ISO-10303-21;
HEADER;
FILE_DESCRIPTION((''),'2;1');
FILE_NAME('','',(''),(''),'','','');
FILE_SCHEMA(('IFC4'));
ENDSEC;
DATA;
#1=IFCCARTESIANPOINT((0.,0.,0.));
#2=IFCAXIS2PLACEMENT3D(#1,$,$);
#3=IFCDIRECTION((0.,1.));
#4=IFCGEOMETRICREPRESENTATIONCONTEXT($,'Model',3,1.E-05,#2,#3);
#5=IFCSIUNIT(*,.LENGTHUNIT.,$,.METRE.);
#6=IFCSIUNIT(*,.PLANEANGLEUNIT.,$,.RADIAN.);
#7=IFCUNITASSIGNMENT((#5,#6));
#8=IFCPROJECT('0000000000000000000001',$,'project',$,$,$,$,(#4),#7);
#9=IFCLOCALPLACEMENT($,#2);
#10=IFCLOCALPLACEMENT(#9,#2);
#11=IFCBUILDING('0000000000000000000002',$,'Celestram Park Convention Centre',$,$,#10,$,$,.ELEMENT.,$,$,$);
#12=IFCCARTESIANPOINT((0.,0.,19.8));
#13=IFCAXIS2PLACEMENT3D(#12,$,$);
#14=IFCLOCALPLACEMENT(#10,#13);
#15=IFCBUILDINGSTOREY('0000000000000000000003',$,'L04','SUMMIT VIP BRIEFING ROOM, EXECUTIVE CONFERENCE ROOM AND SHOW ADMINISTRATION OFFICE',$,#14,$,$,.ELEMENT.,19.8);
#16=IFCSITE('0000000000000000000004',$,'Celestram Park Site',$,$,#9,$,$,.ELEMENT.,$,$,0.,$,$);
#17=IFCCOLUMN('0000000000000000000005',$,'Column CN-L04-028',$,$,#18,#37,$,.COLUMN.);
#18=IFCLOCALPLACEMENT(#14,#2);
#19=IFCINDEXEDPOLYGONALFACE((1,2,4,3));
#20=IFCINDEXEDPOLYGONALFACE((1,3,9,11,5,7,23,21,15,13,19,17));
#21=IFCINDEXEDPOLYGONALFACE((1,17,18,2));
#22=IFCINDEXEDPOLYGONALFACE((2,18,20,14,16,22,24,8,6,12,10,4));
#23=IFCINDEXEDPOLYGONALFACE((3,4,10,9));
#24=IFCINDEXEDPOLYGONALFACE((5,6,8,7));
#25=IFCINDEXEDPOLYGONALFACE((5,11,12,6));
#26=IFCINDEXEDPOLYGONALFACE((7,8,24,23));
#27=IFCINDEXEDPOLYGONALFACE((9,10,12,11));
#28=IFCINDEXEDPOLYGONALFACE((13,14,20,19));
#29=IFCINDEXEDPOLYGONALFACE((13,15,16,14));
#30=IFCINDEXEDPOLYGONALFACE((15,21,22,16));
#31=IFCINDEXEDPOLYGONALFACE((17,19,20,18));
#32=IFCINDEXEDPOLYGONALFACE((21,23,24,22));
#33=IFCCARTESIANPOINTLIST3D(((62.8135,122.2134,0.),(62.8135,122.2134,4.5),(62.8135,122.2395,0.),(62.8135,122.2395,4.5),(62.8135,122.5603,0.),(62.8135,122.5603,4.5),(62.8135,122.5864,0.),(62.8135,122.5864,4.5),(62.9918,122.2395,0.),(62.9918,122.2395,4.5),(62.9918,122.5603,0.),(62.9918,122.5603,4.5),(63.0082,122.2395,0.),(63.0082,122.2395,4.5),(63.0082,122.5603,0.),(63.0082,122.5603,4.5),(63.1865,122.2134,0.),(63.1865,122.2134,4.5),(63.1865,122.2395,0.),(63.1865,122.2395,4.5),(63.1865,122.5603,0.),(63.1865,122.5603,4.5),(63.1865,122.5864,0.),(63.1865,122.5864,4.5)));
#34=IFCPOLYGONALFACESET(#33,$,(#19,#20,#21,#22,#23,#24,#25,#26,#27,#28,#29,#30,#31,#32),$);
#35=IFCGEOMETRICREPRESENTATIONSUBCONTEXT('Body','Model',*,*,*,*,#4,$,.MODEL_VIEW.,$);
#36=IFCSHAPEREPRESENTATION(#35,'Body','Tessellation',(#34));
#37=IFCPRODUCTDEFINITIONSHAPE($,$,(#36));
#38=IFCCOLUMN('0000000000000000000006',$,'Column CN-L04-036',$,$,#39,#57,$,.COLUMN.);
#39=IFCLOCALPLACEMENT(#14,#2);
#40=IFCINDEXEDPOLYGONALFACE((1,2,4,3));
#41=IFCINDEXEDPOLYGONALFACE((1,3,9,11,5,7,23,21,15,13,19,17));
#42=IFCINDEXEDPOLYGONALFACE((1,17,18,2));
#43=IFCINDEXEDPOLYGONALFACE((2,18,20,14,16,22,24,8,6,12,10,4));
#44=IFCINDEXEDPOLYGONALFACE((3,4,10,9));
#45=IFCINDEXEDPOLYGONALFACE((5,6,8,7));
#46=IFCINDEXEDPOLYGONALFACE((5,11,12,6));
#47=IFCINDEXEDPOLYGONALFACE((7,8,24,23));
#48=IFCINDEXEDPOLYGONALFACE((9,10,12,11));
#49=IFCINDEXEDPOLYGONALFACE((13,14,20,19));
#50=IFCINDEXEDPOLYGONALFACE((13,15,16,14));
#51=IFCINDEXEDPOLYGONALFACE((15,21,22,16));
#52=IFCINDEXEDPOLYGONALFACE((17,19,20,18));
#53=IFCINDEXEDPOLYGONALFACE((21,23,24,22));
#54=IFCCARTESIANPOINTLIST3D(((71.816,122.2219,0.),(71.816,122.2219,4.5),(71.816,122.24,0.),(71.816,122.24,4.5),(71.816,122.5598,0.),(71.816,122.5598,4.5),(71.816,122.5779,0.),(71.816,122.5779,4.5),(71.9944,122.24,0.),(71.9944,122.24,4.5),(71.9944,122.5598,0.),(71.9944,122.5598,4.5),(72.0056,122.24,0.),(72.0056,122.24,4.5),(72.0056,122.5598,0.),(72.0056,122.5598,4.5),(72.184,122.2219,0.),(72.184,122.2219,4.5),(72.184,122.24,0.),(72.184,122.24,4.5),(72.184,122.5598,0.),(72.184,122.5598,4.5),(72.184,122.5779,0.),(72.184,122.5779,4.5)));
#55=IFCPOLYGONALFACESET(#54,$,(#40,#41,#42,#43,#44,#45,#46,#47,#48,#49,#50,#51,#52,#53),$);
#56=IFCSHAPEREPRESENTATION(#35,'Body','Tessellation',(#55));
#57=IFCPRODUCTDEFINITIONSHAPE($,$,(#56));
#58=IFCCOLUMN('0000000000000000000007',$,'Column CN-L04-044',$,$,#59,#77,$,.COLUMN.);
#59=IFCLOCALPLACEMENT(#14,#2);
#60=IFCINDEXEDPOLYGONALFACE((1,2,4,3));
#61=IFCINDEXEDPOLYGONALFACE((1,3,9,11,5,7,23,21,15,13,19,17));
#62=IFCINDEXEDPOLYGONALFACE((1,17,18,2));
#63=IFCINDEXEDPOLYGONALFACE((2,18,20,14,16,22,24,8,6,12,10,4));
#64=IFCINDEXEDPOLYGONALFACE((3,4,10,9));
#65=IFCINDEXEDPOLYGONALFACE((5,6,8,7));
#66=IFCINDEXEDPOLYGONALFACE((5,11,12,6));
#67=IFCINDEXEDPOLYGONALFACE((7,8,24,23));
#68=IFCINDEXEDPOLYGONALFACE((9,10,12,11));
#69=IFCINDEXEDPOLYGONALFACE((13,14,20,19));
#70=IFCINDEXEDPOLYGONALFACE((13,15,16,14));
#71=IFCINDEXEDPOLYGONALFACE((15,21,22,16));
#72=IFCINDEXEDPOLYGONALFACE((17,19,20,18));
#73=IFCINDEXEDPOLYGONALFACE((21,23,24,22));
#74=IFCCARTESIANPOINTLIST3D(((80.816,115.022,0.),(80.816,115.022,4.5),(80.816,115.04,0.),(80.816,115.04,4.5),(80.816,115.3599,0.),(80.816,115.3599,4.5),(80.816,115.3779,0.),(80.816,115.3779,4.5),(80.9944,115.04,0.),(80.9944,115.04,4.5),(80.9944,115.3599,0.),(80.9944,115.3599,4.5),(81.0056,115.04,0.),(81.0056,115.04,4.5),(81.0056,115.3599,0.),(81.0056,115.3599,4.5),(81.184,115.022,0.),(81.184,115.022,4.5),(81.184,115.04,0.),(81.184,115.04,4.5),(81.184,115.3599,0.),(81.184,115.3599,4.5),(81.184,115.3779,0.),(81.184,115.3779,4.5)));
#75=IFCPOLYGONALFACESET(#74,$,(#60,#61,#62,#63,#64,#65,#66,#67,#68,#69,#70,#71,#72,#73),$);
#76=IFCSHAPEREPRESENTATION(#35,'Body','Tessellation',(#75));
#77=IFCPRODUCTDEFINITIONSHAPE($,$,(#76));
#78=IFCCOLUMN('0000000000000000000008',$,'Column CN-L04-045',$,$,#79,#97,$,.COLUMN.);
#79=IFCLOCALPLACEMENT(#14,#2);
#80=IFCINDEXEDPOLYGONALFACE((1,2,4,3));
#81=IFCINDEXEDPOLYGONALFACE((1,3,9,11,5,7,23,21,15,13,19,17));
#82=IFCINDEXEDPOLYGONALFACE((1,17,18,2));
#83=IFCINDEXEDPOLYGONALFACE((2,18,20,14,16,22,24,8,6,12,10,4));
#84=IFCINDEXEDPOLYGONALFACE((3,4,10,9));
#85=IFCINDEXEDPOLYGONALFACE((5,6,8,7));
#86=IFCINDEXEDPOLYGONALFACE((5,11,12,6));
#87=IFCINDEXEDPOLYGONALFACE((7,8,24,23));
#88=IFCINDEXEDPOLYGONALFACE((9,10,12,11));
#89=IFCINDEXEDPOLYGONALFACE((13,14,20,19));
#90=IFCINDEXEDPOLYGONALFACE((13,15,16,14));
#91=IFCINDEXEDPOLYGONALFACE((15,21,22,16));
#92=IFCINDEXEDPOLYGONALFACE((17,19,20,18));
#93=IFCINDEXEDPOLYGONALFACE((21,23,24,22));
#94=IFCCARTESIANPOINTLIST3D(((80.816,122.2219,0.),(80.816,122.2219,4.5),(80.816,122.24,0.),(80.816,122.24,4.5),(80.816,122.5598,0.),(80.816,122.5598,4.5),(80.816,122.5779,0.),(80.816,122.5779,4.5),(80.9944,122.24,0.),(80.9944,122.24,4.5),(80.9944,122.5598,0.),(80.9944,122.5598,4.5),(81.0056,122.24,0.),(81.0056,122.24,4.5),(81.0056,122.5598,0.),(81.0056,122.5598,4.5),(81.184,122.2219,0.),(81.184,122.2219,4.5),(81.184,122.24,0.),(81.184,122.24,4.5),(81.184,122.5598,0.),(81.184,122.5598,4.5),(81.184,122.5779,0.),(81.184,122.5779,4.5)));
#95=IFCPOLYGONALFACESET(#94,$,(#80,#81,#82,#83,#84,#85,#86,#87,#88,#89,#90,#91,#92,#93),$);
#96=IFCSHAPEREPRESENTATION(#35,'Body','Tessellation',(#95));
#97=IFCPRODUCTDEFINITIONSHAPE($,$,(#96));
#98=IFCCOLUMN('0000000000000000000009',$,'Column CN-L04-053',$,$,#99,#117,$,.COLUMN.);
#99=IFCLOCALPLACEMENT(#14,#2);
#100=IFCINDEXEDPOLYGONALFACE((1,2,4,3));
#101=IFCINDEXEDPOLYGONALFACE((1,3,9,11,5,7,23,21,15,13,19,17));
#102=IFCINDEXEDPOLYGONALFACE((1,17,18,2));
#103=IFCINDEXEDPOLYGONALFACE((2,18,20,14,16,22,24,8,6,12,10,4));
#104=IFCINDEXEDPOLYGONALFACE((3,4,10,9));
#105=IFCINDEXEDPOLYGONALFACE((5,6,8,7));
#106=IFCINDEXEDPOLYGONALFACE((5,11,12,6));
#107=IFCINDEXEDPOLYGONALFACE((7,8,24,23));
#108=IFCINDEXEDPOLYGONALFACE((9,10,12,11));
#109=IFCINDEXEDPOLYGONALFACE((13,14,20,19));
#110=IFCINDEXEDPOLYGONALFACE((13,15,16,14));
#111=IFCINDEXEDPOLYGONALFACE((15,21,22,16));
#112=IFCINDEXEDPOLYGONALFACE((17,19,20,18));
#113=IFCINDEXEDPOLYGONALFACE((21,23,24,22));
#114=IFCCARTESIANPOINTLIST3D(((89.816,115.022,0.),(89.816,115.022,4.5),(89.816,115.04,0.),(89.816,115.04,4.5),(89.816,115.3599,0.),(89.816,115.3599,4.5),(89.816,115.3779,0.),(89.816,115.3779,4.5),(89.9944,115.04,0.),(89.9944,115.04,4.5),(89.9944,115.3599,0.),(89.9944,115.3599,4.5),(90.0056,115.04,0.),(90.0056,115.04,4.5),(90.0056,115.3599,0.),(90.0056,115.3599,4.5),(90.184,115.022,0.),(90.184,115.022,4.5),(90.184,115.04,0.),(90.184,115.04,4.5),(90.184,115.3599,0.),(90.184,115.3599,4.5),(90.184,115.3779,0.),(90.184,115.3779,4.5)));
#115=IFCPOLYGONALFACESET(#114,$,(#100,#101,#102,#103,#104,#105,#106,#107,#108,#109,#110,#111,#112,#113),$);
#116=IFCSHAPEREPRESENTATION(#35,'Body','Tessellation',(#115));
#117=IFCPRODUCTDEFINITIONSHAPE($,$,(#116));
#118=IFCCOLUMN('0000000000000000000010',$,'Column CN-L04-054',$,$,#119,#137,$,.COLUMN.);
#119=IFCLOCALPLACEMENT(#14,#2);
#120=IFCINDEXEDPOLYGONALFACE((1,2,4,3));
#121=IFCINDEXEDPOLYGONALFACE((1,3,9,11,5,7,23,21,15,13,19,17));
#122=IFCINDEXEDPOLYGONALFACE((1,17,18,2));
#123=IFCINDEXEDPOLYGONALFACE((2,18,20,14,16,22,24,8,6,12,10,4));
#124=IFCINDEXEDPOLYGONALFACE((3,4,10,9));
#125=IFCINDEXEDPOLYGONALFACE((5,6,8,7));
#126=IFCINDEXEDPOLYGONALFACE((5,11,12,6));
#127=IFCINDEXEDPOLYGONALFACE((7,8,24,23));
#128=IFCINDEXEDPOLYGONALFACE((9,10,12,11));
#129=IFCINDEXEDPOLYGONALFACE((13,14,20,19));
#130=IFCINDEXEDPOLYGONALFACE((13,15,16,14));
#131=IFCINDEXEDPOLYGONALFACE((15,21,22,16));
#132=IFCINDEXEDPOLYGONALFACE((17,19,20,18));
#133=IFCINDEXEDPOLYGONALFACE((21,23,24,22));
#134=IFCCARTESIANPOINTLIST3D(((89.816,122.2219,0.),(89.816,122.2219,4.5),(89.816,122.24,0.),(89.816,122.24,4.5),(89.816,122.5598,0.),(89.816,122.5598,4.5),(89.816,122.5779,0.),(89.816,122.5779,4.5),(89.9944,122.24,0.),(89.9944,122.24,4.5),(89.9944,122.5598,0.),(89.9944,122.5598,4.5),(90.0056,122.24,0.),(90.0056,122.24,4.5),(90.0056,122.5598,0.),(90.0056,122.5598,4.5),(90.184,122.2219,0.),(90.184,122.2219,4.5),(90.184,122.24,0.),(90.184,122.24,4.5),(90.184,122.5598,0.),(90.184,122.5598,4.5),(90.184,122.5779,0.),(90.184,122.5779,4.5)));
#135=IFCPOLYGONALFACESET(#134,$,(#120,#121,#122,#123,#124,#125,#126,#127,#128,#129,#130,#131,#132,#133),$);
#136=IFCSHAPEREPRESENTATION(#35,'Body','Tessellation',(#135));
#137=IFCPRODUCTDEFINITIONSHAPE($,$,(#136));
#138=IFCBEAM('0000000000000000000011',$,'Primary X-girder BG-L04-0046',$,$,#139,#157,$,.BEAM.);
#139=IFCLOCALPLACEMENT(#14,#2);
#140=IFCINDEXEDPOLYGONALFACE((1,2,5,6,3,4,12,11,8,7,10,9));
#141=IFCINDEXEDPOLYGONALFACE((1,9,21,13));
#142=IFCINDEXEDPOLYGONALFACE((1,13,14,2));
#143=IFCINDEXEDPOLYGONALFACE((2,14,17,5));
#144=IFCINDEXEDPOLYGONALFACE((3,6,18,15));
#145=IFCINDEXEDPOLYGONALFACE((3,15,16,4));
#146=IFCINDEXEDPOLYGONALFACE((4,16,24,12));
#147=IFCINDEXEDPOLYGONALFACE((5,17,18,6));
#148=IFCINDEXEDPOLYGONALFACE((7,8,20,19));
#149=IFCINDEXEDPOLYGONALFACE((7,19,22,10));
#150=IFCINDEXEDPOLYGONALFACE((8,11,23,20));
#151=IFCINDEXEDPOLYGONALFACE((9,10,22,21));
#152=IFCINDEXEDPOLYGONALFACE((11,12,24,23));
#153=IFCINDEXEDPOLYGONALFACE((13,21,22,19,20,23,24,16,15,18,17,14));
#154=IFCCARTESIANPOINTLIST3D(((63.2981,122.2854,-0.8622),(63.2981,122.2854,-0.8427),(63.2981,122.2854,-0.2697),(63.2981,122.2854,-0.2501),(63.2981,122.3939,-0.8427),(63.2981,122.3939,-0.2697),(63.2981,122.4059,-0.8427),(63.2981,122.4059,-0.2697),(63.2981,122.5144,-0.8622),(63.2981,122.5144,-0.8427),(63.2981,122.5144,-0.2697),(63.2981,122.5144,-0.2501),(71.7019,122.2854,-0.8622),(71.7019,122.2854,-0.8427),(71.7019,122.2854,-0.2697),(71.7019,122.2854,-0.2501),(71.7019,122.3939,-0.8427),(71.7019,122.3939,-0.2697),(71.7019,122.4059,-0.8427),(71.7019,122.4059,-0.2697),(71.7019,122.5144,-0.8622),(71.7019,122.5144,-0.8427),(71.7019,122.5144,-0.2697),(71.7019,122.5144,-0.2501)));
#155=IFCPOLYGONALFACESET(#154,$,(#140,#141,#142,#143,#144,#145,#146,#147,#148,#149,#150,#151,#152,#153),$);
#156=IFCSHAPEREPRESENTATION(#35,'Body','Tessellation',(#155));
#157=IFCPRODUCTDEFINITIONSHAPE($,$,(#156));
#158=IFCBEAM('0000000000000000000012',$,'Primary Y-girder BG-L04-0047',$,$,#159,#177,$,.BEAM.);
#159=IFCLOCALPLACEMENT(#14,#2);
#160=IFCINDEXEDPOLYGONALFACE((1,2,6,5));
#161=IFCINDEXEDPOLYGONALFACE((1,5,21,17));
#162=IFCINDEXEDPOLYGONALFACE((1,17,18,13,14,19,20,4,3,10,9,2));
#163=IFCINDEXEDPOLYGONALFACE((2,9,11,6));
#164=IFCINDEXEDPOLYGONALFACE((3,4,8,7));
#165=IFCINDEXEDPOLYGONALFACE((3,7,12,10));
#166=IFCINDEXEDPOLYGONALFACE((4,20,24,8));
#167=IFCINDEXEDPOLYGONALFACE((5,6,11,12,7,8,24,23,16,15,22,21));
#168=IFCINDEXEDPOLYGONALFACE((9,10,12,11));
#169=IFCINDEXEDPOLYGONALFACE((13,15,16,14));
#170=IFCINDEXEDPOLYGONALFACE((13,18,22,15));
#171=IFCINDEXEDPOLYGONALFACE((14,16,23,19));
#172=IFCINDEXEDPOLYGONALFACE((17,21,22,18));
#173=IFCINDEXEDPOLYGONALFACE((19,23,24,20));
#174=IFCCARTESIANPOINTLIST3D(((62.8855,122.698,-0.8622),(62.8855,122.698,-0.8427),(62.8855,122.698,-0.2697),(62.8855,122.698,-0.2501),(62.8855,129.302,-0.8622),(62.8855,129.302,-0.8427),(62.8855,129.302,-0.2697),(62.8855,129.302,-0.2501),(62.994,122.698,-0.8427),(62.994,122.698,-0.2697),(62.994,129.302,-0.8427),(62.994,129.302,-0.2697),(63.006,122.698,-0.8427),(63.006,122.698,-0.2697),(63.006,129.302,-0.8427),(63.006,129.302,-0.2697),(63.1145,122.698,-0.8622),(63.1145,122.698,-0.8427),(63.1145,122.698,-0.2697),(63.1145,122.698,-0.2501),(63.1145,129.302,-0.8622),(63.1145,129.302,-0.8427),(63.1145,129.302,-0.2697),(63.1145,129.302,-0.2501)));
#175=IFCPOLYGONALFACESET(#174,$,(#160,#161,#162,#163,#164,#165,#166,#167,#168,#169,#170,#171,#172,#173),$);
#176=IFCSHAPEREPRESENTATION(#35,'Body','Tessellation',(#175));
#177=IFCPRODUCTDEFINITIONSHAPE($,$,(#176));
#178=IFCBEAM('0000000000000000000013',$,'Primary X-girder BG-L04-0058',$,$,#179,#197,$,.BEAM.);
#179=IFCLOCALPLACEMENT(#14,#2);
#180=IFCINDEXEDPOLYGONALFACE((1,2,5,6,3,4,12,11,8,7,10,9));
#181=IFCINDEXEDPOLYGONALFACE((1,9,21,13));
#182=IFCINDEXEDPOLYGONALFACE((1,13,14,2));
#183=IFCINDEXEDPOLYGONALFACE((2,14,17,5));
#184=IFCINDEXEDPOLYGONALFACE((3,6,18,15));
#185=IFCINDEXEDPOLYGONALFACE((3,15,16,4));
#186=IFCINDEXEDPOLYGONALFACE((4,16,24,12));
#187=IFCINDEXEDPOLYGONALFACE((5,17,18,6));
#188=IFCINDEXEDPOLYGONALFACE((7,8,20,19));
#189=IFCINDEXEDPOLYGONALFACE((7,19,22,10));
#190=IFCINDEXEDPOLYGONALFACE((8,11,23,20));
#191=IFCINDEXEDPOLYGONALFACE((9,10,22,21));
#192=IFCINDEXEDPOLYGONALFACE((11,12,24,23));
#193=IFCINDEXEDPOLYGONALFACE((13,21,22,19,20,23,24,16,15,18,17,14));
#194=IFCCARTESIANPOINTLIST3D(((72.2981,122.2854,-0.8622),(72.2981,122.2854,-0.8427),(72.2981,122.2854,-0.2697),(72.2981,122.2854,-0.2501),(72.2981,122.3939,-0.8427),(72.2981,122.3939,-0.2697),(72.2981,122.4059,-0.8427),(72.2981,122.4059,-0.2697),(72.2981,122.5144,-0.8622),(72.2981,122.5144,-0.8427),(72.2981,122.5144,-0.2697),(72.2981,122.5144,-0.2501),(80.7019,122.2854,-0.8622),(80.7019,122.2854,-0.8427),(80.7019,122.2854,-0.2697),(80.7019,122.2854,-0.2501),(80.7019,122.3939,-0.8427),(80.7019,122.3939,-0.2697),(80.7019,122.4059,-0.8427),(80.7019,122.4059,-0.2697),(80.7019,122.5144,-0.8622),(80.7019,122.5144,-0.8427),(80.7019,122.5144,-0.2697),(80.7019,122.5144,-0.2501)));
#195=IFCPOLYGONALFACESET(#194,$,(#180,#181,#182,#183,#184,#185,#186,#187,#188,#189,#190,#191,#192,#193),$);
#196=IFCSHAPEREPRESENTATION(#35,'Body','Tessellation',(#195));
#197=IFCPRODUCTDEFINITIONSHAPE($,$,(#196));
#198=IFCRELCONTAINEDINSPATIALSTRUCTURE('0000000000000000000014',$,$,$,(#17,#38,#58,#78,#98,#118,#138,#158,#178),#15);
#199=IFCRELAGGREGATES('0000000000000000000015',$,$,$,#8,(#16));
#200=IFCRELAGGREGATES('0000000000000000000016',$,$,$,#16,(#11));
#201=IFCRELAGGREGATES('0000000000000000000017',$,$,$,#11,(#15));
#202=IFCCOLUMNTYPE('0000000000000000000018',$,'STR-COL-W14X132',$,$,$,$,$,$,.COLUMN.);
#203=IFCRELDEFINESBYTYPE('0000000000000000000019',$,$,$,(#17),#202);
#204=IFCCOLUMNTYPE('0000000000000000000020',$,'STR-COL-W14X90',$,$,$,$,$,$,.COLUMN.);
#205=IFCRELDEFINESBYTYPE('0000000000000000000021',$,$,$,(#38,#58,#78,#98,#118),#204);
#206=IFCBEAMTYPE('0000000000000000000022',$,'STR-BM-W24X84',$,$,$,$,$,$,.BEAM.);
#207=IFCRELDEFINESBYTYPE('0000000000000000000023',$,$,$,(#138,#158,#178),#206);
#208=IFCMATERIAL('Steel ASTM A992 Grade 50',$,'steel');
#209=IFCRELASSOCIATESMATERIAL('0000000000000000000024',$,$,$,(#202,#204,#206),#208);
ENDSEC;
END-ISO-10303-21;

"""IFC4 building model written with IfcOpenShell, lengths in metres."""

from ifc_helpers import new_model, si_unit, direction, frame, origin, origin_2d, place, context, subcontext, project, spatial, i_section, extrude, material, material_profile, profile_set, type_object, element, save


model = new_model("IFC4")

# Units and contexts
model_context = context("Model", 3, precision=1e-05, world=origin(), true_north=direction((0.0, 1.0)))
body_context = subcontext(model_context, "Body", "Model", "MODEL_VIEW")
ifc_project = project(units=[si_unit("LENGTHUNIT", "METRE"), si_unit("PLANEANGLEUNIT", "RADIAN")], contexts=[model_context])

# Site, building, storey
site_placement = place(None, origin())
site = spatial("IfcSite", under=ifc_project, at=site_placement, Name="Celestram Park Site", CompositionType="ELEMENT", RefElevation=0.0)
building_placement = place(site_placement, origin())
building = spatial("IfcBuilding", under=site, at=building_placement, Name="Celestram Park Convention Centre", CompositionType="ELEMENT")
storey_placement = place(building_placement, frame((0.0, 0.0, 19.8)))
storey = spatial("IfcBuildingStorey", under=building, at=storey_placement, Name="L04", Description="SUMMIT VIP BRIEFING ROOM, EXECUTIVE CONFERENCE ROOM AND SHOW ADMINISTRATION OFFICE", CompositionType="ELEMENT", Elevation=19.8)

# Columns
ifc_material_1 = material(Name="Steel ASTM A992 Grade 50", Category="steel")
ifc_material_profile_1 = material_profile(ifc_material_1, i_section(OverallWidth=0.373, OverallDepth=0.373, WebThickness=0.0164, FlangeThickness=0.0261, at=origin_2d()), Name="W14X132")
ifc_profile_set_1 = profile_set([ifc_material_profile_1], Name="Steel ASTM A992 Grade 50")
column_type_1 = type_object("IfcColumnType", Name="STR-COL-W14X132", PredefinedType="COLUMN", material=ifc_profile_set_1)
column_placement = place(storey_placement, frame((63.0, 122.3999, 0.0), z_axis=(0.0, 0.0, 1.0), x_axis=(1.0, 0.0, 0.0)))
element("IfcColumn", 1, at=column_placement, inside=storey, type_object=column_type_1, Name="Column CN-L04-028", PredefinedType="COLUMN", context=body_context, shape_type="SweptSolid", body=[
    extrude(i_section(OverallWidth=0.373, OverallDepth=0.373, WebThickness=0.0164, FlangeThickness=0.0261, at=origin_2d()), origin(), (0.0, 0.0, 1.0), 4.5),
])
ifc_material_profile_2 = material_profile(ifc_material_1, i_section(OverallWidth=0.3679, OverallDepth=0.356, WebThickness=0.0112, FlangeThickness=0.0181, at=origin_2d()), Name="W14X90")
ifc_profile_set_2 = profile_set([ifc_material_profile_2], Name="Steel ASTM A992 Grade 50")
column_type_2 = type_object("IfcColumnType", Name="STR-COL-W14X90", PredefinedType="COLUMN", material=ifc_profile_set_2)
for number, where, z_axis, x_axis, name in (
    (2, (72.0, 122.3999, 0.0), (0.0, 0.0, 1.0), (1.0, 0.0, 0.0), "Column CN-L04-036"),
    (3, (81.0, 115.2, 0.0), (0.0, 0.0, 1.0), (1.0, 0.0, 0.0), "Column CN-L04-044"),
    (4, (81.0, 122.3999, 0.0), (0.0, 0.0, 1.0), (1.0, 0.0, 0.0), "Column CN-L04-045"),
    (5, (90.0, 115.2, 0.0), (0.0, 0.0, 1.0), (1.0, 0.0, 0.0), "Column CN-L04-053"),
    (6, (90.0, 122.3999, 0.0), (0.0, 0.0, 1.0), (1.0, 0.0, 0.0), "Column CN-L04-054"),
):
    element("IfcColumn", number, at=place(storey_placement, frame(where, z_axis=z_axis, x_axis=x_axis)), inside=storey, type_object=column_type_2, Name=name, PredefinedType="COLUMN", context=body_context, shape_type="SweptSolid", body=[
        extrude(i_section(OverallWidth=0.3679, OverallDepth=0.356, WebThickness=0.0112, FlangeThickness=0.0181, at=origin_2d()), origin(), (0.0, 0.0, 1.0), 4.5),
    ])

# Beams
ifc_material_profile_3 = material_profile(ifc_material_1, i_section(OverallWidth=0.229, OverallDepth=0.6121, WebThickness=0.012, FlangeThickness=0.0195, at=origin_2d()), Name="W24X84")
ifc_profile_set_3 = profile_set([ifc_material_profile_3], Name="Steel ASTM A992 Grade 50")
beam_type = type_object("IfcBeamType", Name="STR-BM-W24X84", PredefinedType="BEAM", material=ifc_profile_set_3)
beam_1_placement = place(storey_placement, frame((63.2981, 122.3999, -0.5562), z_axis=(1.0, 0.0, 0.0), x_axis=(0.0, 1.0, 0.0)))
element("IfcBeam", 7, at=beam_1_placement, inside=storey, type_object=beam_type, Name="Primary X-girder BG-L04-0046", PredefinedType="BEAM", context=body_context, shape_type="SweptSolid", body=[
    extrude(i_section(OverallWidth=0.229, OverallDepth=0.6121, WebThickness=0.012, FlangeThickness=0.0195, at=origin_2d()), origin(), (0.0, 0.0, 1.0), 8.4038),
])
beam_2_placement = place(storey_placement, frame((63.0, 122.698, -0.5562), z_axis=(0.0, 1.0, 0.0), x_axis=(-1.0, 0.0, 0.0)))
element("IfcBeam", 8, at=beam_2_placement, inside=storey, type_object=beam_type, Name="Primary Y-girder BG-L04-0047", PredefinedType="BEAM", context=body_context, shape_type="SweptSolid", body=[
    extrude(i_section(OverallWidth=0.229, OverallDepth=0.6121, WebThickness=0.012, FlangeThickness=0.0195, at=origin_2d()), origin(), (0.0, 0.0, 1.0), 6.604),
])
beam_3_placement = place(storey_placement, frame((72.2981, 122.3999, -0.5562), z_axis=(1.0, 0.0, 0.0), x_axis=(0.0, 1.0, 0.0)))
element("IfcBeam", 9, at=beam_3_placement, inside=storey, type_object=beam_type, Name="Primary X-girder BG-L04-0058", PredefinedType="BEAM", context=body_context, shape_type="SweptSolid", body=[
    extrude(i_section(OverallWidth=0.229, OverallDepth=0.6121, WebThickness=0.012, FlangeThickness=0.0195, at=origin_2d()), origin(), (0.0, 0.0, 1.0), 8.4038),
])

save(model, "model.ifc")
